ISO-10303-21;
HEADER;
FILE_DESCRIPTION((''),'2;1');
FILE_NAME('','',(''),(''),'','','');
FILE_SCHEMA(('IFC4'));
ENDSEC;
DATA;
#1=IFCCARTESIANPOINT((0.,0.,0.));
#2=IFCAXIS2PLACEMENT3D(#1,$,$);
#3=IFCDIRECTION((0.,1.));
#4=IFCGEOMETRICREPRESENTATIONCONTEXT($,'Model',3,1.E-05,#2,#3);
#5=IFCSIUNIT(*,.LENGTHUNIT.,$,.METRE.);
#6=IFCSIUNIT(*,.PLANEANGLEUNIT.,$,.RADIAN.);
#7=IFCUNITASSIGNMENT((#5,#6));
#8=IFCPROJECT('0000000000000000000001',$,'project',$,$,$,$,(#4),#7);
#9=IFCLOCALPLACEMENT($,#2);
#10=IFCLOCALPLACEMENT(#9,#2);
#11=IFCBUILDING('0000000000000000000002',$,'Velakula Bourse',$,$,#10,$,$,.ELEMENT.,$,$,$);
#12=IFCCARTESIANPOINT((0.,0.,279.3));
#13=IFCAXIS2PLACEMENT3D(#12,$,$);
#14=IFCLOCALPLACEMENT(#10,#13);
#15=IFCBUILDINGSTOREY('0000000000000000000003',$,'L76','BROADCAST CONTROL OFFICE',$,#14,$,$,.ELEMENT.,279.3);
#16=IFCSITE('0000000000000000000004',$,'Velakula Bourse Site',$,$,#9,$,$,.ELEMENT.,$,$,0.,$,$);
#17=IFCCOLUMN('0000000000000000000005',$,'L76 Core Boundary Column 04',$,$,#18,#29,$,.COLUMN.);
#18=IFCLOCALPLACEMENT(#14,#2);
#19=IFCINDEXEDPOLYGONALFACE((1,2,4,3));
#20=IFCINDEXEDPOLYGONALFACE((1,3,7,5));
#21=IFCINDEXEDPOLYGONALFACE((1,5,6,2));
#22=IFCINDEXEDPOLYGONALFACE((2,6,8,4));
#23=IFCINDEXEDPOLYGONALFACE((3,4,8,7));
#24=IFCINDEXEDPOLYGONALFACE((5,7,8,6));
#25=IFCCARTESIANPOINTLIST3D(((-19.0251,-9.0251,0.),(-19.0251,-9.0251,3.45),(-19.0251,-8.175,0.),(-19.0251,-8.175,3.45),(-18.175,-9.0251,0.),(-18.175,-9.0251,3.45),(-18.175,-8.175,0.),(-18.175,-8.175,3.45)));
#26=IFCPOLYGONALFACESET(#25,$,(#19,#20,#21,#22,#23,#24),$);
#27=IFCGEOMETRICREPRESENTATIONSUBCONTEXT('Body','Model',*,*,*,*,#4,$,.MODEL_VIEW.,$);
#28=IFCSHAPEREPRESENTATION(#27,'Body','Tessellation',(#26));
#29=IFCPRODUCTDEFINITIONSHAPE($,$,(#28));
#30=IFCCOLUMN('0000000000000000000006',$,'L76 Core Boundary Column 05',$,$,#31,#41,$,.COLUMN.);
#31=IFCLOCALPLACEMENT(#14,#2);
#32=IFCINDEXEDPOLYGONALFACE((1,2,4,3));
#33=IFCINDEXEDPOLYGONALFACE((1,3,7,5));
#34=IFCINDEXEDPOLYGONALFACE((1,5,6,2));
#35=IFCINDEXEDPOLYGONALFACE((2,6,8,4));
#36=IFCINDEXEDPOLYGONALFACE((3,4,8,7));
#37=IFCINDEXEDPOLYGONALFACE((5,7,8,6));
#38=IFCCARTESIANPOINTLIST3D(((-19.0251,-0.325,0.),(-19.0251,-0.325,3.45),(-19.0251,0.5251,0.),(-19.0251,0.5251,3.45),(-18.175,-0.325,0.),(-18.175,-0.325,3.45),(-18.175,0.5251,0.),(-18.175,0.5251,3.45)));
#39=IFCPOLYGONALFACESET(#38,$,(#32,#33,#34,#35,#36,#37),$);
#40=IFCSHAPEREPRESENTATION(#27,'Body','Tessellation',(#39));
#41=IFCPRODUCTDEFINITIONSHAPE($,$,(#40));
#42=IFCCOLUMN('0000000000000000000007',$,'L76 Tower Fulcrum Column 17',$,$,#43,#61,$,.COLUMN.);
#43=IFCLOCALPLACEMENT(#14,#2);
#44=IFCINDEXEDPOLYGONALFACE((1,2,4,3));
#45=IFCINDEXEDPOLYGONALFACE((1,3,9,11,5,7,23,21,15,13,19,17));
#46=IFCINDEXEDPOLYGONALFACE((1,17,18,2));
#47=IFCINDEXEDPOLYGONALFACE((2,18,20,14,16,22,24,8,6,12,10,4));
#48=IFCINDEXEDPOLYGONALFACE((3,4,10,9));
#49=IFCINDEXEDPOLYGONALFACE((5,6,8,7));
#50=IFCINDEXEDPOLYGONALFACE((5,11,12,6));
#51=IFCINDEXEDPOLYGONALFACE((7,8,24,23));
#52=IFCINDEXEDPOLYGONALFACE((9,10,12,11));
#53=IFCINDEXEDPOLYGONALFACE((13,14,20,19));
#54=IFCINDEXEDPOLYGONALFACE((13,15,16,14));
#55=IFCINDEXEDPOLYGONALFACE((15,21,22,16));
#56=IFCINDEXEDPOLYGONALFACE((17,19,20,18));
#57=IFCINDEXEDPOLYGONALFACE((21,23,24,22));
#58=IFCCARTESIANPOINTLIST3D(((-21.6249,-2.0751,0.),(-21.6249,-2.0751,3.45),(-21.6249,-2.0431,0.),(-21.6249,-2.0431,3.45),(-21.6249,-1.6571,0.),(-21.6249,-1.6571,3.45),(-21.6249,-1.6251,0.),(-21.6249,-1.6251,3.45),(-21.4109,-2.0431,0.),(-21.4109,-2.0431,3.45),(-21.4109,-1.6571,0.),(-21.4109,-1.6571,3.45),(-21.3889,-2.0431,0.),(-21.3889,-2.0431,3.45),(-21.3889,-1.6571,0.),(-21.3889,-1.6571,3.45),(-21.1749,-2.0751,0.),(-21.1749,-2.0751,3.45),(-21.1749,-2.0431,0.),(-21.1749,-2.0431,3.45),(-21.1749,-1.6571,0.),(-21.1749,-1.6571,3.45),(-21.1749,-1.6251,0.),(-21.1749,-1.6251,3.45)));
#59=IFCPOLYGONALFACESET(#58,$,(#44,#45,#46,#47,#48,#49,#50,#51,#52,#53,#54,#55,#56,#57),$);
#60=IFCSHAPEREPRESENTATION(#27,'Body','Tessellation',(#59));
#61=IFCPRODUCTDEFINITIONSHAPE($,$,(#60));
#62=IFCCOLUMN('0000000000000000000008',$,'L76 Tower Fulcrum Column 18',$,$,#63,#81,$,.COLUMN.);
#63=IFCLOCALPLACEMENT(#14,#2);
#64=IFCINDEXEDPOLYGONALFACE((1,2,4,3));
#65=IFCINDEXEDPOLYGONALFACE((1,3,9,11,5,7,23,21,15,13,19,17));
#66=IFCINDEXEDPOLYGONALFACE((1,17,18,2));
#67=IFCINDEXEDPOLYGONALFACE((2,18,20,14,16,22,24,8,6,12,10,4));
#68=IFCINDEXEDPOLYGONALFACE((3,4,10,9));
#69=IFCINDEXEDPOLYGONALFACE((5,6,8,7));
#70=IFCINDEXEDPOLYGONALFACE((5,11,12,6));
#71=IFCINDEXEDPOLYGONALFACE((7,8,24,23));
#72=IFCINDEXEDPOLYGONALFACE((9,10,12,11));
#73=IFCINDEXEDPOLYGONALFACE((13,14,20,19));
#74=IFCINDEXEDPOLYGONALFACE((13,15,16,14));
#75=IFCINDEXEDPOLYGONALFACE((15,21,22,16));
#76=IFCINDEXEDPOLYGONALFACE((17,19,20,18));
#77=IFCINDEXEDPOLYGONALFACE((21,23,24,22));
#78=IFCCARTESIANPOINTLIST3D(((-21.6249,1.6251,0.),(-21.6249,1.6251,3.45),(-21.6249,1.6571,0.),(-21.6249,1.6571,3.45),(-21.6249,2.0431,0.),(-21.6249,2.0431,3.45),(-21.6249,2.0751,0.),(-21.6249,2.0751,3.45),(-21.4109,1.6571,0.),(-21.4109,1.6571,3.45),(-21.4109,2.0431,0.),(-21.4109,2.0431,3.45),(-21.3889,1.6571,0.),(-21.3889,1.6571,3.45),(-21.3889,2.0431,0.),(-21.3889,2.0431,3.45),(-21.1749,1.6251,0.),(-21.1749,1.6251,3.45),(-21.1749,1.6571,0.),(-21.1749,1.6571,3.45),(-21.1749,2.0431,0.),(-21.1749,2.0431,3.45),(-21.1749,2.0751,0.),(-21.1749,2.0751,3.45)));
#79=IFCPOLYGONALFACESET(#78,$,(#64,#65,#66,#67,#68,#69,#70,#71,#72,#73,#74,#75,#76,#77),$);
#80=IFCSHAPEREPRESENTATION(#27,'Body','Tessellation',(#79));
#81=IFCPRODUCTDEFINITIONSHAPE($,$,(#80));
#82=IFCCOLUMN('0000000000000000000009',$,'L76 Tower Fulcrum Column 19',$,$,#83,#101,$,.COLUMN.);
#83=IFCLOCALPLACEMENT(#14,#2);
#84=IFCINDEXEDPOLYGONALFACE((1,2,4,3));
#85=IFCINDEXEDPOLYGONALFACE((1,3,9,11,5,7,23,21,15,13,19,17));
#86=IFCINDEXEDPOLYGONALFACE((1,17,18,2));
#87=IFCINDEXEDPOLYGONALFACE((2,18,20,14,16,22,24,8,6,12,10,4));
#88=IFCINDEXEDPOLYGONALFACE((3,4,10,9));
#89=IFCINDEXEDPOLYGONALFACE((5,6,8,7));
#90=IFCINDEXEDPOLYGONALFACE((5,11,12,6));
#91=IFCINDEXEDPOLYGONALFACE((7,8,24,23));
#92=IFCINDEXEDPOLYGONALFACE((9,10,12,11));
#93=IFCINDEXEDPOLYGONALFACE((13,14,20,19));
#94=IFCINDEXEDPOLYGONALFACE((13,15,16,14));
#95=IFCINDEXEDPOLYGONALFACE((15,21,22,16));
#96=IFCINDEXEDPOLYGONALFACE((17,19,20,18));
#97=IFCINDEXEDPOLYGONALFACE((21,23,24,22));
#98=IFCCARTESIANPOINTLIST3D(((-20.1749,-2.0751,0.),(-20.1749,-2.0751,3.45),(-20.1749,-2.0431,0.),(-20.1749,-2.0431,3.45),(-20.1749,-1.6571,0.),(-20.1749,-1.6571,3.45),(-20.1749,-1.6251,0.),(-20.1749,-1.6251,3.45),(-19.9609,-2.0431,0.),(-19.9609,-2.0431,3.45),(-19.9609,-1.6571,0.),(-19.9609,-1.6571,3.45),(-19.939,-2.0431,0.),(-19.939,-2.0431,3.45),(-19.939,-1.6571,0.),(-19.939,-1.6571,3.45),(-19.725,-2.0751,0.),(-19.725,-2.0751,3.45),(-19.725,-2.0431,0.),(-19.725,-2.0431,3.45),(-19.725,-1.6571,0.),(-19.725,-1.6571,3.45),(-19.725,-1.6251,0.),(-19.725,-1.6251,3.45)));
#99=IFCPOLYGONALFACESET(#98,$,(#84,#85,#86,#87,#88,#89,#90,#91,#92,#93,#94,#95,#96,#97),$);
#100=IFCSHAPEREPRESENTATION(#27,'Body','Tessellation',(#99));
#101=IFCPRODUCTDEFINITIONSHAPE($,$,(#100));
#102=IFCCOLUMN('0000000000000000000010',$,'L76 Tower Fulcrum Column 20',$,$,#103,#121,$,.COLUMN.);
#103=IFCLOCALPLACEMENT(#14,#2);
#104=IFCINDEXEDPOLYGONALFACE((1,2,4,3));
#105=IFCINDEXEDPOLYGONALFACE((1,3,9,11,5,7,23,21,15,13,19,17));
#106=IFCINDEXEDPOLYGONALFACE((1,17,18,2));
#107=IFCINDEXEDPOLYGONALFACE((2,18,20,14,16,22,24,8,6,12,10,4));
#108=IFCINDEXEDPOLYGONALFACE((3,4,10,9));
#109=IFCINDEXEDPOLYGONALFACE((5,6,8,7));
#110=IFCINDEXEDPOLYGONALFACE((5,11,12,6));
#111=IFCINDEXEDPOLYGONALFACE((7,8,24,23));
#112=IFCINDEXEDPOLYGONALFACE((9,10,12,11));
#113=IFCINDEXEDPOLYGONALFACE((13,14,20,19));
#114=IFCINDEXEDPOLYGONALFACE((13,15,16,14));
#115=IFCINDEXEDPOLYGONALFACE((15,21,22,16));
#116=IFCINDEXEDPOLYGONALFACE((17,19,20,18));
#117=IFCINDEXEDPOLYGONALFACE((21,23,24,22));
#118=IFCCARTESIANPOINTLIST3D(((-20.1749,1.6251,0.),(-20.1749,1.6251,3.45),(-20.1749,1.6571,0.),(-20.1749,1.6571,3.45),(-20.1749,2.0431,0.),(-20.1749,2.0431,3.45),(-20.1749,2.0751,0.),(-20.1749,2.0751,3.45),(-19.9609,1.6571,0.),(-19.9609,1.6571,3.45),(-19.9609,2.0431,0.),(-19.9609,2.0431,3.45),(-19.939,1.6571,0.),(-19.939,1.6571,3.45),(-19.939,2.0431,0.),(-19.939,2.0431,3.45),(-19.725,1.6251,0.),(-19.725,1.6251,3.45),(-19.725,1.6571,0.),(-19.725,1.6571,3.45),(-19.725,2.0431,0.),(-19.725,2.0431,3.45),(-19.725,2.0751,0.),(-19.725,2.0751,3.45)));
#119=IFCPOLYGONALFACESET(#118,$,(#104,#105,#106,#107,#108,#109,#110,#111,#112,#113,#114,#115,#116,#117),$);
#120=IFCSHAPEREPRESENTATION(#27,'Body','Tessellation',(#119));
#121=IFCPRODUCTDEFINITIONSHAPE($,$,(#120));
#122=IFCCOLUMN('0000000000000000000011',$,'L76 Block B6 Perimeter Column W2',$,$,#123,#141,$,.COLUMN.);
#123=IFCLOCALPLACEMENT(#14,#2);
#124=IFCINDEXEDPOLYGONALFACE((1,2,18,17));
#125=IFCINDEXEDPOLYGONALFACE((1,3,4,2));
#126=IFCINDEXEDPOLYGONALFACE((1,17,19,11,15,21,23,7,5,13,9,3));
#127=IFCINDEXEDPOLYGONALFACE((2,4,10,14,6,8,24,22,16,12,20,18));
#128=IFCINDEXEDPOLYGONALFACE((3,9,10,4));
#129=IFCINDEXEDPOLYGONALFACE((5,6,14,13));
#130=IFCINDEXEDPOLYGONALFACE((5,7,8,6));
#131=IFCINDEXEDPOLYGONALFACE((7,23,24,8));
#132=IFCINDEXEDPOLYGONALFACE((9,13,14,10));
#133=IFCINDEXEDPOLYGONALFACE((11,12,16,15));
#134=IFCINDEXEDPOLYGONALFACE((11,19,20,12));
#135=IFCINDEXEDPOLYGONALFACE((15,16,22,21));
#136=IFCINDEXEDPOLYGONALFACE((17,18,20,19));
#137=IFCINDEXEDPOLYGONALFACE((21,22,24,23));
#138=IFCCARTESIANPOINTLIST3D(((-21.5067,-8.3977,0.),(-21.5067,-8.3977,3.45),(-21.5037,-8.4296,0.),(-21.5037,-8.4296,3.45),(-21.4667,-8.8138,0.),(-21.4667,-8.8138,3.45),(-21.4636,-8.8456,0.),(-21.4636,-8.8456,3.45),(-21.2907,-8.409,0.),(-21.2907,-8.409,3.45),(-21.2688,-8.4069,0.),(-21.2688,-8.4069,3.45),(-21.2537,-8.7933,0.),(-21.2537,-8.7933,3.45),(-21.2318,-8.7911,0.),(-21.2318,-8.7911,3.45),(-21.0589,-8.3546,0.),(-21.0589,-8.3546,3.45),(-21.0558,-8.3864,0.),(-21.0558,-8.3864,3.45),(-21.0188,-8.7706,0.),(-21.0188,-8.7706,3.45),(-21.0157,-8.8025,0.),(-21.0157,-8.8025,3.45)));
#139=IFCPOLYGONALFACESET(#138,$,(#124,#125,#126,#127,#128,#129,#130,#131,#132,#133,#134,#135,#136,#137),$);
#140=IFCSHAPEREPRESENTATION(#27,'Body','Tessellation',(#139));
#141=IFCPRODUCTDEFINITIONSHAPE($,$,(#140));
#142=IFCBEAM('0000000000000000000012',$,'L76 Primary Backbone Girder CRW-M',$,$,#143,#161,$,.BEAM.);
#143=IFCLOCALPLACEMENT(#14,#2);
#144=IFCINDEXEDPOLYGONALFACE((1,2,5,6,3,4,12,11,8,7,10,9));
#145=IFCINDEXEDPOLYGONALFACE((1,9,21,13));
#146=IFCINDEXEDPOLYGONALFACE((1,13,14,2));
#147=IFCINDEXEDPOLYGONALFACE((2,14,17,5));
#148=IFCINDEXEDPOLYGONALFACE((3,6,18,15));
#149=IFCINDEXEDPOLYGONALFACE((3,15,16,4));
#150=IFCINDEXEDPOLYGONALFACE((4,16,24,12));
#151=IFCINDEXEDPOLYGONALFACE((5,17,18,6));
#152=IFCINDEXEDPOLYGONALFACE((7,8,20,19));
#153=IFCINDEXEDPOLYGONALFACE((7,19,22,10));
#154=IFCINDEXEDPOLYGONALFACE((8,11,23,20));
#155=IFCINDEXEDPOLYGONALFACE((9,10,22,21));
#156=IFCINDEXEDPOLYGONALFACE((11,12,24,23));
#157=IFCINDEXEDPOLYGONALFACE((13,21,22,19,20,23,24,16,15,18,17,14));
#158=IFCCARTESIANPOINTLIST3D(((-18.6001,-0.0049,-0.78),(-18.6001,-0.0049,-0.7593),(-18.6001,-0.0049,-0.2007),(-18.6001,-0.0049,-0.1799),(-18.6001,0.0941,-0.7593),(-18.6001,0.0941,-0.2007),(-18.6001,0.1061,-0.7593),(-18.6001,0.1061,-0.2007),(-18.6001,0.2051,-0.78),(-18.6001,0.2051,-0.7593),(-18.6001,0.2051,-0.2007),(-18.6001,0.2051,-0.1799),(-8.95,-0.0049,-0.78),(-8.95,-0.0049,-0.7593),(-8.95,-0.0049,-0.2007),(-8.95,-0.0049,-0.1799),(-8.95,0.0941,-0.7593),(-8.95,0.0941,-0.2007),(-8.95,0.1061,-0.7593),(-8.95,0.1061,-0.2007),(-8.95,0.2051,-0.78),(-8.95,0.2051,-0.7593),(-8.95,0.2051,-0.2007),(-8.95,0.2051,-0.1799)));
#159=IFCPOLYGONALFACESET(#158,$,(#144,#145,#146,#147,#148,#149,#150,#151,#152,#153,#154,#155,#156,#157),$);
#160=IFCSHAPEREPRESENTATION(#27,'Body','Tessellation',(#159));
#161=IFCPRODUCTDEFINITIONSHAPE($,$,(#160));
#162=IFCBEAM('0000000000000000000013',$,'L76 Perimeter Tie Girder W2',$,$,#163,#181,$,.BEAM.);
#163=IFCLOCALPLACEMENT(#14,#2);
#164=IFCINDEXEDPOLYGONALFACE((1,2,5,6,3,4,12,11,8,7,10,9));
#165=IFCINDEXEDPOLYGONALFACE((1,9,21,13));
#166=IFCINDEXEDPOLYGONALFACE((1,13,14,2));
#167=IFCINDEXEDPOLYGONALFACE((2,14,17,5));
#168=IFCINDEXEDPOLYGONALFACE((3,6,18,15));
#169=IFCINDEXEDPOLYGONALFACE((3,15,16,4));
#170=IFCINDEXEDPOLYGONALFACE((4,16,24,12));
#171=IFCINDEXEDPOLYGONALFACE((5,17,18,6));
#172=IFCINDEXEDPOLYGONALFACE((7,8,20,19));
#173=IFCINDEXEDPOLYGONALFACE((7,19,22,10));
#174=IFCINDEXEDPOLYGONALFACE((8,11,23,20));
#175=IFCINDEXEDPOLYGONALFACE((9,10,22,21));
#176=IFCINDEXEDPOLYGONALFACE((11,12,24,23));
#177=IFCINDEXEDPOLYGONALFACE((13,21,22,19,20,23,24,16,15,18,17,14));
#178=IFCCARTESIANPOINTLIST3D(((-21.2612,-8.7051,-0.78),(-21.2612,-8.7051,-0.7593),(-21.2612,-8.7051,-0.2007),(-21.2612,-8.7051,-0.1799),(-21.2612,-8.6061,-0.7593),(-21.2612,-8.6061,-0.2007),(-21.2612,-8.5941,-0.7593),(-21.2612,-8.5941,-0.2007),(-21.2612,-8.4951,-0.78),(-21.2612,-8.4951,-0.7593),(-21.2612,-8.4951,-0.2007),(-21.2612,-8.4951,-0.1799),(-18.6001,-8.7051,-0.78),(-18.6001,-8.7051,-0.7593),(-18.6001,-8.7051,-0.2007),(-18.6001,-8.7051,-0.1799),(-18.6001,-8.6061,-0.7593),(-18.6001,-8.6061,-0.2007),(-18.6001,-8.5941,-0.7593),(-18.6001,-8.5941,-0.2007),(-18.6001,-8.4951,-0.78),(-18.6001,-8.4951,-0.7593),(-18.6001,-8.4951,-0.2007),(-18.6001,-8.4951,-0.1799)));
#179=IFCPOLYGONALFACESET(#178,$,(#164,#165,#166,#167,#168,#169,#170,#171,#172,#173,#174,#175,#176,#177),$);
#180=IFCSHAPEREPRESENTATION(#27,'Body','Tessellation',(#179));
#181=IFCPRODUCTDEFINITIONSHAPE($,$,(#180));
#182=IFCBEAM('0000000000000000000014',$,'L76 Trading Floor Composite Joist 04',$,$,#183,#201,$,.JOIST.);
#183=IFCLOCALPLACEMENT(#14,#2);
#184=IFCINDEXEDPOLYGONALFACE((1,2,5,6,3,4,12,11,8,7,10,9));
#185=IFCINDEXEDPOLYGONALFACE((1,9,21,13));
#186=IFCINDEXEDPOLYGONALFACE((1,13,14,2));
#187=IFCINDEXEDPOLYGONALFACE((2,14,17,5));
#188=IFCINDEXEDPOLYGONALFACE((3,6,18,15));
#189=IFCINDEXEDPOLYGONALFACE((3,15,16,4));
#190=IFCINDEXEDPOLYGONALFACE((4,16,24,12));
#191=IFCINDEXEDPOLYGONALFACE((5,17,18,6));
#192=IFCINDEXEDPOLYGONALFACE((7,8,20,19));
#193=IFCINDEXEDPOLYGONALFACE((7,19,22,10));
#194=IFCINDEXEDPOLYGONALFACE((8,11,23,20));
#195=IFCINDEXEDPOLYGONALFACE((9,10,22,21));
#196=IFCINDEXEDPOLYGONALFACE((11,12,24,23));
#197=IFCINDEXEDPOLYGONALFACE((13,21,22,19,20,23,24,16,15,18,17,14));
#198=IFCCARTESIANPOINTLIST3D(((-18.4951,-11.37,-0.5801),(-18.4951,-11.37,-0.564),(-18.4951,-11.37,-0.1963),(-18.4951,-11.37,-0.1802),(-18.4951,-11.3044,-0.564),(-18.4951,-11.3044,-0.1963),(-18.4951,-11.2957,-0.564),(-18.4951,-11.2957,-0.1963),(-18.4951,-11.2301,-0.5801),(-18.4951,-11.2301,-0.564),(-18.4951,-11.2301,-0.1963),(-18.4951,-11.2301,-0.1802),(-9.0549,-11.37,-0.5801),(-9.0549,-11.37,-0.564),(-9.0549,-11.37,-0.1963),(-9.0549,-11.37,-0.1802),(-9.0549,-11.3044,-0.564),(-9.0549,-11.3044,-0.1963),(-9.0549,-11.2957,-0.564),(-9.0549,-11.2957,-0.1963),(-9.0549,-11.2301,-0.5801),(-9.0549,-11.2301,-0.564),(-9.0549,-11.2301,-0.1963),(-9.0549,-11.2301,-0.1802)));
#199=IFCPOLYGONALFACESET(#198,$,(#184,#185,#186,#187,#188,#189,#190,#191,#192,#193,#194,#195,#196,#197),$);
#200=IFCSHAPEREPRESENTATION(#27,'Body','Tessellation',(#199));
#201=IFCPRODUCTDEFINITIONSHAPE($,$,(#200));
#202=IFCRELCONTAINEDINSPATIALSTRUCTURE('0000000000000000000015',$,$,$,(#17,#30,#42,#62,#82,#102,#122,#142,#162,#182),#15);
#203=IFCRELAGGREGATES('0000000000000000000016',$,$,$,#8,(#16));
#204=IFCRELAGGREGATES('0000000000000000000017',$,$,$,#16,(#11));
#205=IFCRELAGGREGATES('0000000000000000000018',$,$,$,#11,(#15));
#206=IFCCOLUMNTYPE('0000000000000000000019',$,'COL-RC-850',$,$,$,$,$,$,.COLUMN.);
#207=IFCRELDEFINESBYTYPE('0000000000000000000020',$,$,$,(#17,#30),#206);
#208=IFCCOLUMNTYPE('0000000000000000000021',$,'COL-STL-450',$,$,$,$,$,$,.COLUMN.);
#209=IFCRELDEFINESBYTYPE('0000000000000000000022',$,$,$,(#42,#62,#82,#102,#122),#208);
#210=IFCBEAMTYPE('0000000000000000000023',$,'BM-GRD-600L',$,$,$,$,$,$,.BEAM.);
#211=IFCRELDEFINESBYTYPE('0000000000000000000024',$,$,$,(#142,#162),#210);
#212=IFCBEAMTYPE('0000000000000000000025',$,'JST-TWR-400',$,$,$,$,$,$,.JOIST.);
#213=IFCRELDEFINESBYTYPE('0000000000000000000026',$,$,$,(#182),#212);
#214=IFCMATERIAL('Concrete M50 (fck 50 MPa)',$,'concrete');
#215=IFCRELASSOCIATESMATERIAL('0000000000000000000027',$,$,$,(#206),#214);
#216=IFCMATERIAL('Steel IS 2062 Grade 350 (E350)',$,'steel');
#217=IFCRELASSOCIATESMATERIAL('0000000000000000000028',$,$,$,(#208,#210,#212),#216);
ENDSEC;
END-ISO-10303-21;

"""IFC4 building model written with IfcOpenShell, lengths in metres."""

from ifc_helpers import new_model, si_unit, direction, frame, origin, origin_2d, place, context, subcontext, project, spatial, rectangle, i_section, extrude, material, material_profile, profile_set, type_object, element, save


model = new_model("IFC4")

# Units and contexts
model_context = context("Model", 3, precision=1e-05, world=origin(), true_north=direction((0.0, 1.0)))
body_context = subcontext(model_context, "Body", "Model", "MODEL_VIEW")
ifc_project = project(units=[si_unit("LENGTHUNIT", "METRE"), si_unit("PLANEANGLEUNIT", "RADIAN")], contexts=[model_context])

# Site, building, storey
site_placement = place(None, origin())
site = spatial("IfcSite", under=ifc_project, at=site_placement, Name="Velakula Bourse Site", CompositionType="ELEMENT", RefElevation=0.0)
building_placement = place(site_placement, origin())
building = spatial("IfcBuilding", under=site, at=building_placement, Name="Velakula Bourse", CompositionType="ELEMENT")
storey_placement = place(building_placement, frame((0.0, 0.0, 279.3)))
storey = spatial("IfcBuildingStorey", under=building, at=storey_placement, Name="L76", Description="BROADCAST CONTROL OFFICE", CompositionType="ELEMENT", Elevation=279.3)

# Columns
ifc_material_1 = material(Name="Concrete M50 (fck 50 MPa)", Category="concrete")
ifc_material_profile_1 = material_profile(ifc_material_1, rectangle(XDim=0.8501, YDim=0.8501, at=origin_2d()), Name="Concrete M50 (fck 50 MPa)")
ifc_profile_set_1 = profile_set([ifc_material_profile_1], Name="Concrete M50 (fck 50 MPa)")
column_type_1 = type_object("IfcColumnType", Name="COL-RC-850", PredefinedType="COLUMN", material=ifc_profile_set_1)
for number, where, z_axis, x_axis, name in (
    (1, (-18.6001, -8.6001, 0.0), (0.0, 0.0, 1.0), (1.0, 0.0, 0.0), "L76 Core Boundary Column 04"),
    (2, (-18.6001, 0.1001, 0.0), (0.0, 0.0, 1.0), (1.0, 0.0, 0.0), "L76 Core Boundary Column 05"),
):
    element("IfcColumn", number, at=place(storey_placement, frame(where, z_axis=z_axis, x_axis=x_axis)), inside=storey, type_object=column_type_1, Name=name, PredefinedType="COLUMN", context=body_context, shape_type="SweptSolid", body=[
        extrude(rectangle(XDim=0.8501, YDim=0.8501, at=origin_2d()), origin(), (0.0, 0.0, 1.0), 3.45),
    ])
ifc_material_2 = material(Name="Steel IS 2062 Grade 350 (E350)", Category="steel")
ifc_material_profile_2 = material_profile(ifc_material_2, i_section(OverallWidth=0.45, OverallDepth=0.45, WebThickness=0.022, FlangeThickness=0.032, at=origin_2d()), Name="Steel IS 2062 Grade 350 (E350)")
ifc_profile_set_2 = profile_set([ifc_material_profile_2], Name="Steel IS 2062 Grade 350 (E350)")
column_type_2 = type_object("IfcColumnType", Name="COL-STL-450", PredefinedType="COLUMN", material=ifc_profile_set_2)
for number, where, z_axis, x_axis, name in (
    (3, (-21.3999, -1.8501, 0.0), (0.0, 0.0, 1.0), (1.0, 0.0, 0.0), "L76 Tower Fulcrum Column 17"),
    (4, (-21.3999, 1.8501, 0.0), (0.0, 0.0, 1.0), (1.0, 0.0, 0.0), "L76 Tower Fulcrum Column 18"),
    (5, (-19.95, -1.8501, 0.0), (0.0, 0.0, 1.0), (1.0, 0.0, 0.0), "L76 Tower Fulcrum Column 19"),
    (6, (-19.95, 1.8501, 0.0), (0.0, 0.0, 1.0), (1.0, 0.0, 0.0), "L76 Tower Fulcrum Column 20"),
    (7, (-21.2612, -8.6001, 0.0), (0.0, 0.0, 1.0), (0.995396, 0.095846, 0.0), "L76 Block B6 Perimeter Column W2"),
):
    element("IfcColumn", number, at=place(storey_placement, frame(where, z_axis=z_axis, x_axis=x_axis)), inside=storey, type_object=column_type_2, Name=name, PredefinedType="COLUMN", context=body_context, shape_type="SweptSolid", body=[
        extrude(i_section(OverallWidth=0.45, OverallDepth=0.45, WebThickness=0.022, FlangeThickness=0.032, at=origin_2d()), origin(), (0.0, 0.0, 1.0), 3.45),
    ])

# Beams
ifc_material_profile_3 = material_profile(ifc_material_2, i_section(OverallWidth=0.21, OverallDepth=0.6001, WebThickness=0.012, FlangeThickness=0.0208, at=origin_2d()), Name="Steel IS 2062 Grade 350 (E350)")
ifc_profile_set_3 = profile_set([ifc_material_profile_3], Name="Steel IS 2062 Grade 350 (E350)")
beam_type_1 = type_object("IfcBeamType", Name="BM-GRD-600L", PredefinedType="BEAM", material=ifc_profile_set_3)
beam_1_placement = place(storey_placement, frame((-18.6001, 0.1001, -0.48), z_axis=(1.0, 0.0, 0.0), x_axis=(0.0, 1.0, 0.0)))
element("IfcBeam", 8, at=beam_1_placement, inside=storey, type_object=beam_type_1, Name="L76 Primary Backbone Girder CRW-M", PredefinedType="BEAM", context=body_context, shape_type="SweptSolid", body=[
    extrude(i_section(OverallWidth=0.21, OverallDepth=0.6001, WebThickness=0.012, FlangeThickness=0.0208, at=origin_2d()), origin(), (0.0, 0.0, 1.0), 9.6501),
])
beam_2_placement = place(storey_placement, frame((-18.6001, -8.6001, -0.48), z_axis=(-1.0, 0.0, 0.0), x_axis=(0.0, -1.0, 0.0)))
element("IfcBeam", 9, at=beam_2_placement, inside=storey, type_object=beam_type_1, Name="L76 Perimeter Tie Girder W2", PredefinedType="BEAM", context=body_context, shape_type="SweptSolid", body=[
    extrude(i_section(OverallWidth=0.21, OverallDepth=0.6001, WebThickness=0.012, FlangeThickness=0.0208, at=origin_2d()), origin(), (0.0, 0.0, 1.0), 2.6611),
])
ifc_material_profile_4 = material_profile(ifc_material_2, i_section(OverallWidth=0.1399, OverallDepth=0.3999, WebThickness=0.0088, FlangeThickness=0.0161, at=origin_2d()), Name="Steel IS 2062 Grade 350 (E350)")
ifc_profile_set_4 = profile_set([ifc_material_profile_4], Name="Steel IS 2062 Grade 350 (E350)")
beam_type_2 = type_object("IfcBeamType", Name="JST-TWR-400", PredefinedType="JOIST", material=ifc_profile_set_4)
beam_3_placement = place(storey_placement, frame((-18.4951, -11.3, -0.3801), z_axis=(1.0, 0.0, 0.0), x_axis=(0.0, 1.0, 0.0)))
element("IfcBeam", 10, at=beam_3_placement, inside=storey, type_object=beam_type_2, Name="L76 Trading Floor Composite Joist 04", PredefinedType="JOIST", context=body_context, shape_type="SweptSolid", body=[
    extrude(i_section(OverallWidth=0.1399, OverallDepth=0.3999, WebThickness=0.0088, FlangeThickness=0.0161, at=origin_2d()), origin(), (0.0, 0.0, 1.0), 9.4402),
])

save(model, "model.ifc")
